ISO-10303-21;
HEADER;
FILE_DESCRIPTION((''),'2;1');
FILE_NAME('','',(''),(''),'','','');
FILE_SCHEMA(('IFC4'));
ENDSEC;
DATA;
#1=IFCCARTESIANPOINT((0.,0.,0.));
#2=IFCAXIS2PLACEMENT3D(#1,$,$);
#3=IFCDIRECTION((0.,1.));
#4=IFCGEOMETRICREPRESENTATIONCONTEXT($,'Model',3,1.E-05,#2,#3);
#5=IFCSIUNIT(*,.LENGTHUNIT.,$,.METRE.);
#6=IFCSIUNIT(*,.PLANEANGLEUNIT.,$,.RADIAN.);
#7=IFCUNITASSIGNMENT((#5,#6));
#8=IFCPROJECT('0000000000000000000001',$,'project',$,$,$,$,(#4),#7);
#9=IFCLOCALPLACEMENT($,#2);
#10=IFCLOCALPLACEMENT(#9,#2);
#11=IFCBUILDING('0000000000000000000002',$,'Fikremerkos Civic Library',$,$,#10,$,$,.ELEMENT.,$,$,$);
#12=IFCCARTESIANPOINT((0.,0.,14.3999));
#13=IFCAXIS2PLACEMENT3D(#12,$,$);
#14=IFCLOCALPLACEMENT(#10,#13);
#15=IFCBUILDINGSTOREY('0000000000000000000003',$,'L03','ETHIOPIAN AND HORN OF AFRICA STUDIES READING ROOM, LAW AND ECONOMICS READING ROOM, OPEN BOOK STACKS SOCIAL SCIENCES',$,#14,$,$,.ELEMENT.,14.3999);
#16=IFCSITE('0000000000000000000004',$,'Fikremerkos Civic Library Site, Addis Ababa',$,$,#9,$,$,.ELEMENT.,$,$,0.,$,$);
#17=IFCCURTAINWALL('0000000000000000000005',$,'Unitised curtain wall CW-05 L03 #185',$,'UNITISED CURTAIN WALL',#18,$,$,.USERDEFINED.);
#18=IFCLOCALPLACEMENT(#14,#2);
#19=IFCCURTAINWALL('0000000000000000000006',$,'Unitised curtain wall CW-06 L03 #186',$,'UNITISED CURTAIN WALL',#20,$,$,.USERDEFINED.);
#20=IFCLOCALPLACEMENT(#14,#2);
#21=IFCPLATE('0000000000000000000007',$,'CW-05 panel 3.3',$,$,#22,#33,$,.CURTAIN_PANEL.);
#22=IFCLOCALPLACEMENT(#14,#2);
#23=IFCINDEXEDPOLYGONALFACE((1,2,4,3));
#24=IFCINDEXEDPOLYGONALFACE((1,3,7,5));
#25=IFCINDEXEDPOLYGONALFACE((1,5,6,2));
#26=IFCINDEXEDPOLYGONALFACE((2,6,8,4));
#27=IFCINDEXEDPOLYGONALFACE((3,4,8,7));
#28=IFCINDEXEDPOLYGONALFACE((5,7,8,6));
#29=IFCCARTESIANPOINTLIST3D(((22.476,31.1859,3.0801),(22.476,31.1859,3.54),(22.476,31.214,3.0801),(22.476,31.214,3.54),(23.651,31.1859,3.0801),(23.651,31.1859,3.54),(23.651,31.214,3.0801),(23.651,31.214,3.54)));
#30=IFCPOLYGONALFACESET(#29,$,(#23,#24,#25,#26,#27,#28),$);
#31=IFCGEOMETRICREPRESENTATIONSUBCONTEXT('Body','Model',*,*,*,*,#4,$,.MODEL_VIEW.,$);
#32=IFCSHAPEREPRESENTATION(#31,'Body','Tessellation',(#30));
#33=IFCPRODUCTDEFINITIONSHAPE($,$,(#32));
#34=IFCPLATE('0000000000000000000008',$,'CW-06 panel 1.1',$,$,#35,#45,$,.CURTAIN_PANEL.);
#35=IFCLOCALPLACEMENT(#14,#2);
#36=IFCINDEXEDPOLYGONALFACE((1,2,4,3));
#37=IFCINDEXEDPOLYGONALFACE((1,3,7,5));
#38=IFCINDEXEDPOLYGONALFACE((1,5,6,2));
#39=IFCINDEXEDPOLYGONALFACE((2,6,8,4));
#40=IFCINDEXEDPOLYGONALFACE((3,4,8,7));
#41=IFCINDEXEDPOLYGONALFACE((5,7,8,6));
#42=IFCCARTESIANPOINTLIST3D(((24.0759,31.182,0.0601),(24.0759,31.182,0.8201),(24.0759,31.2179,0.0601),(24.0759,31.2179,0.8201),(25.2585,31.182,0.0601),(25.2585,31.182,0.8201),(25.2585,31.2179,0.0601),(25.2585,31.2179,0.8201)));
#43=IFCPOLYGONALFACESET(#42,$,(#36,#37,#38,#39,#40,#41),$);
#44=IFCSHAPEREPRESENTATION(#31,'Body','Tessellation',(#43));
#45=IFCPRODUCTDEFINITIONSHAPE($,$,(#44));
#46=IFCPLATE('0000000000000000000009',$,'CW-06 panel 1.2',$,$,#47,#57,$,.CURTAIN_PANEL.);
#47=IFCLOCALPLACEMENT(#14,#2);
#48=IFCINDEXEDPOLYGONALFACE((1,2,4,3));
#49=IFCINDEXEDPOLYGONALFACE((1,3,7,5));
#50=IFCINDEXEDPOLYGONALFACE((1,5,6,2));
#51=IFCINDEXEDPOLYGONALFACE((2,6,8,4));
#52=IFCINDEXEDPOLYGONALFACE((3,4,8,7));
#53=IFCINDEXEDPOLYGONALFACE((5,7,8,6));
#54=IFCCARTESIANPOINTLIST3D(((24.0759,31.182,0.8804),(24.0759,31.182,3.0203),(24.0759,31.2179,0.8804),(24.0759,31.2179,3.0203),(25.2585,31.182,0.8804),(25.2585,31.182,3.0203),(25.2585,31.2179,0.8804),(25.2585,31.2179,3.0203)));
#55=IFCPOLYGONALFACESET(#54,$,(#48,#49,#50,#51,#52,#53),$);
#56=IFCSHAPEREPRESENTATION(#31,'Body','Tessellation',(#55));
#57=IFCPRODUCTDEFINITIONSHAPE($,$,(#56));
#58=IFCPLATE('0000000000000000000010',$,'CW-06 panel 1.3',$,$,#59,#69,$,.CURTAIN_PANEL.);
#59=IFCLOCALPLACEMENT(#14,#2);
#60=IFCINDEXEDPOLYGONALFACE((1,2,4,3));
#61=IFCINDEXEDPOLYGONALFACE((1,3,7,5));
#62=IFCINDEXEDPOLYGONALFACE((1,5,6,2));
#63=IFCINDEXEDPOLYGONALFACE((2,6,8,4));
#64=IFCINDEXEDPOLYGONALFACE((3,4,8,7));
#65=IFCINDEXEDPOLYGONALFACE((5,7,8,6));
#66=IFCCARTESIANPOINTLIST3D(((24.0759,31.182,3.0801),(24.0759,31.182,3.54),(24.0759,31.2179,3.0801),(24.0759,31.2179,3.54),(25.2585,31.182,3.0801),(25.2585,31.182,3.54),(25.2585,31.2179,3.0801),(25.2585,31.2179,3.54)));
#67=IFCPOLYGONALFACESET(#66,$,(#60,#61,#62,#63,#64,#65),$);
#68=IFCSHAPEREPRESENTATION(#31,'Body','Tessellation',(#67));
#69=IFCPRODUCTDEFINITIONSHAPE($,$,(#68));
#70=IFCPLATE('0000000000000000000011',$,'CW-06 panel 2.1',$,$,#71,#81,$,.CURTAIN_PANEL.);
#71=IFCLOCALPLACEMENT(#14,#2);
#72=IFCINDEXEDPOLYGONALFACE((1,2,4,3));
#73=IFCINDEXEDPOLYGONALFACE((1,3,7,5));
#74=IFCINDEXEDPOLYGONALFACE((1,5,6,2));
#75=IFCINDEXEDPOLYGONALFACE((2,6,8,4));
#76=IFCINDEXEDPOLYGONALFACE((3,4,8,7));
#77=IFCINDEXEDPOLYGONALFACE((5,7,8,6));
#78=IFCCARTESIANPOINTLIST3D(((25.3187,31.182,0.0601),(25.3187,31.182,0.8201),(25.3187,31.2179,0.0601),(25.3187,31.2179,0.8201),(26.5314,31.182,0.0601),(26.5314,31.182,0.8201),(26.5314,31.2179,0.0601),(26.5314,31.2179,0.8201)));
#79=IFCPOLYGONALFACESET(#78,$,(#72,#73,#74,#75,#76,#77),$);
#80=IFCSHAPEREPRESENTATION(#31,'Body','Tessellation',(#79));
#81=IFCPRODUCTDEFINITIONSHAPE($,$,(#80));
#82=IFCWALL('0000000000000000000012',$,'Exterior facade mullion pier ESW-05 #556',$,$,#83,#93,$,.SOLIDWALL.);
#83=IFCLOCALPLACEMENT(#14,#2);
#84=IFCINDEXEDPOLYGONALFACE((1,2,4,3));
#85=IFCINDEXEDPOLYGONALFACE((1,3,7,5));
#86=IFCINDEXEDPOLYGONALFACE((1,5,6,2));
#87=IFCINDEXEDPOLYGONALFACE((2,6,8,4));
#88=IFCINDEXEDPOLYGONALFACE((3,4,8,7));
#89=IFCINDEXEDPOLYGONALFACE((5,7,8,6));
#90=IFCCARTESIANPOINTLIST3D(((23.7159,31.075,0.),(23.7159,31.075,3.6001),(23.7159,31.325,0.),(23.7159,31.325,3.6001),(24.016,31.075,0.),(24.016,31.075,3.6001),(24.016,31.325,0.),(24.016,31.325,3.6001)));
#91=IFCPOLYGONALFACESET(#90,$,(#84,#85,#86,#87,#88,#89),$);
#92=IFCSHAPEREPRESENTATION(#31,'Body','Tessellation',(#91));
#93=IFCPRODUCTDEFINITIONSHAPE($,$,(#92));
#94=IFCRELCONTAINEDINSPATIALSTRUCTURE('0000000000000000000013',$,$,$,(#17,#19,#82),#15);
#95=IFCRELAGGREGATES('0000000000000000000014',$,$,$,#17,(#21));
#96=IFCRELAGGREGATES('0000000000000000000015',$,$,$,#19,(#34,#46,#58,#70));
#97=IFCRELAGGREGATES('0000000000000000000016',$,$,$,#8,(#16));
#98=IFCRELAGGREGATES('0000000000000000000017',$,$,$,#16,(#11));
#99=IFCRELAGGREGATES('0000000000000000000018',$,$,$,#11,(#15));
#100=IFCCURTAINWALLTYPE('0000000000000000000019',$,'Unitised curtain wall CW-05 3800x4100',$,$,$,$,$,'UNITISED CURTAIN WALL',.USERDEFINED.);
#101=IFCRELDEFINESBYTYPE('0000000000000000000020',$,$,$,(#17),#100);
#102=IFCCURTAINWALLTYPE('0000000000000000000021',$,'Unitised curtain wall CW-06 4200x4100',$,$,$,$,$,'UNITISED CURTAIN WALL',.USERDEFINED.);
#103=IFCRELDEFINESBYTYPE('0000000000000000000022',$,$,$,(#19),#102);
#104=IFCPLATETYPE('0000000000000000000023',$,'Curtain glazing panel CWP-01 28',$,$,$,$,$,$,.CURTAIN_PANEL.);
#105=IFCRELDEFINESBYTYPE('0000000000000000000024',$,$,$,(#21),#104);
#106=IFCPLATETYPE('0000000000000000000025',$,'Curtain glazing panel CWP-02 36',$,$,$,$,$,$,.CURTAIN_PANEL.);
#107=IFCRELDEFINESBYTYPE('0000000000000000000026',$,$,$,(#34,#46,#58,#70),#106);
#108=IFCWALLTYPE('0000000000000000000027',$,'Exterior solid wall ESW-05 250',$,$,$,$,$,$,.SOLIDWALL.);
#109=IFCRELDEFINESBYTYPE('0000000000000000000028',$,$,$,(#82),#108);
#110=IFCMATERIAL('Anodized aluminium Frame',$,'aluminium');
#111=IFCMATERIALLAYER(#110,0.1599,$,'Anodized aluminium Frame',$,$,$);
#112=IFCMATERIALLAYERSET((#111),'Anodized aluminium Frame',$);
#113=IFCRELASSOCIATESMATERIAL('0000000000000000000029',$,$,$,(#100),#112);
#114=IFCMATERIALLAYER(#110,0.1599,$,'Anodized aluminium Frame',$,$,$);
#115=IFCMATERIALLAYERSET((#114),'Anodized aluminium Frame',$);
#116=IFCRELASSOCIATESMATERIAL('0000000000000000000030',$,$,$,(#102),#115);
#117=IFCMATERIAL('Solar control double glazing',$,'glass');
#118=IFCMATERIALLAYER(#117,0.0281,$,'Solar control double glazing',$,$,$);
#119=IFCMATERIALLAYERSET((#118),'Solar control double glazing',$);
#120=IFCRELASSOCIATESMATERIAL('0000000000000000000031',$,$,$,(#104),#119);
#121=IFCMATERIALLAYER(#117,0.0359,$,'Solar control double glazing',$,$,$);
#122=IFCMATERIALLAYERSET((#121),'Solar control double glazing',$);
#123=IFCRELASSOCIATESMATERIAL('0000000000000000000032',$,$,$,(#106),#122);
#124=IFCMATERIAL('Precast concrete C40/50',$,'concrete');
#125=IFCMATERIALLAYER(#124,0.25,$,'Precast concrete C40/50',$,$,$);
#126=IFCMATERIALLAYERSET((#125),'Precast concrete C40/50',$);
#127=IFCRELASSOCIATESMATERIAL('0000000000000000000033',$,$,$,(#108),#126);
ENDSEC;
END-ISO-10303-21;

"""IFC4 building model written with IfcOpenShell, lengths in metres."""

from ifc_helpers import new_model, si_unit, direction, frame, frame_2d, origin, origin_2d, place, context, subcontext, project, spatial, rectangle, extrude, material, layer, layer_set, type_object, element, aggregate, save


model = new_model("IFC4")

# Units and contexts
model_context = context("Model", 3, precision=1e-05, world=origin(), true_north=direction((0.0, 1.0)))
body_context = subcontext(model_context, "Body", "Model", "MODEL_VIEW")
ifc_project = project(units=[si_unit("LENGTHUNIT", "METRE"), si_unit("PLANEANGLEUNIT", "RADIAN")], contexts=[model_context])

# Site, building, storey
site_placement = place(None, origin())
site = spatial("IfcSite", under=ifc_project, at=site_placement, Name="Fikremerkos Civic Library Site, Addis Ababa", CompositionType="ELEMENT", RefElevation=0.0)
building_placement = place(site_placement, origin())
building = spatial("IfcBuilding", under=site, at=building_placement, Name="Fikremerkos Civic Library", CompositionType="ELEMENT")
storey_placement = place(building_placement, frame((0.0, 0.0, 14.3999)))
storey = spatial("IfcBuildingStorey", under=building, at=storey_placement, Name="L03", Description="ETHIOPIAN AND HORN OF AFRICA STUDIES READING ROOM, LAW AND ECONOMICS READING ROOM, OPEN BOOK STACKS SOCIAL SCIENCES", CompositionType="ELEMENT", Elevation=14.3999)

# Curtain wall
ifc_material_1 = material(Name="Anodized aluminium Frame", Category="aluminium")
ifc_layer_1 = layer(ifc_material_1, 0.1599, Name="Anodized aluminium Frame")
ifc_layer_set_1 = layer_set([ifc_layer_1], Name="Anodized aluminium Frame")
curtain_wall_type_1 = type_object("IfcCurtainWallType", Name="Unitised curtain wall CW-05 3800x4100", ElementType="UNITISED CURTAIN WALL", PredefinedType="USERDEFINED", material=ifc_layer_set_1)
curtain_wall_1_placement = place(storey_placement, origin())
curtain_wall_1 = element("IfcCurtainWall", 1, at=curtain_wall_1_placement, inside=storey, type_object=curtain_wall_type_1, Name="Unitised curtain wall CW-05 L03 #185", ObjectType="UNITISED CURTAIN WALL", PredefinedType="USERDEFINED")

# Curtain wall
ifc_layer_2 = layer(ifc_material_1, 0.1599, Name="Anodized aluminium Frame")
ifc_layer_set_2 = layer_set([ifc_layer_2], Name="Anodized aluminium Frame")
curtain_wall_type_2 = type_object("IfcCurtainWallType", Name="Unitised curtain wall CW-06 4200x4100", ElementType="UNITISED CURTAIN WALL", PredefinedType="USERDEFINED", material=ifc_layer_set_2)
curtain_wall_2_placement = place(storey_placement, origin())
curtain_wall_2 = element("IfcCurtainWall", 2, at=curtain_wall_2_placement, inside=storey, type_object=curtain_wall_type_2, Name="Unitised curtain wall CW-06 L03 #186", ObjectType="UNITISED CURTAIN WALL", PredefinedType="USERDEFINED")

# Plates
ifc_material_2 = material(Name="Solar control double glazing", Category="glass")
ifc_layer_3 = layer(ifc_material_2, 0.0281, Name="Solar control double glazing")
ifc_layer_set_3 = layer_set([ifc_layer_3], Name="Solar control double glazing")
plate_type_1 = type_object("IfcPlateType", Name="Curtain glazing panel CWP-01 28", PredefinedType="CURTAIN_PANEL", material=ifc_layer_set_3)
plate_1_placement = place(storey_placement, frame((23.0635, 31.2, 3.0801), z_axis=(0.0, 0.0, 1.0), x_axis=(1.0, 0.0, 0.0)))
plate_1 = element("IfcPlate", 3, at=plate_1_placement, type_object=plate_type_1, Name="CW-05 panel 3.3", PredefinedType="CURTAIN_PANEL", context=body_context, shape_type="SweptSolid", body=[
    extrude(rectangle(XDim=1.175, YDim=0.0281, at=origin_2d()), origin(), (0.0, 0.0, 1.0), 0.46),
])
aggregate(curtain_wall_1, [plate_1])
ifc_layer_4 = layer(ifc_material_2, 0.0359, Name="Solar control double glazing")
ifc_layer_set_4 = layer_set([ifc_layer_4], Name="Solar control double glazing")
plate_type_2 = type_object("IfcPlateType", Name="Curtain glazing panel CWP-02 36", PredefinedType="CURTAIN_PANEL", material=ifc_layer_set_4)
plate_2_placement = place(storey_placement, frame((24.6672, 31.2, 0.0601), z_axis=(0.0, 0.0, 1.0), x_axis=(1.0, 0.0, 0.0)))
plate_2 = element("IfcPlate", 4, at=plate_2_placement, type_object=plate_type_2, Name="CW-06 panel 1.1", PredefinedType="CURTAIN_PANEL", context=body_context, shape_type="SweptSolid", body=[
    extrude(rectangle(XDim=1.1826, YDim=0.0359, at=origin_2d()), origin(), (0.0, 0.0, 1.0), 0.76),
])
plate_3_placement = place(storey_placement, frame((24.6672, 31.2, 0.8804), z_axis=(0.0, 0.0, 1.0), x_axis=(1.0, 0.0, 0.0)))
plate_3 = element("IfcPlate", 5, at=plate_3_placement, type_object=plate_type_2, Name="CW-06 panel 1.2", PredefinedType="CURTAIN_PANEL", context=body_context, shape_type="SweptSolid", body=[
    extrude(rectangle(XDim=1.1826, YDim=0.0359, at=origin_2d()), origin(), (0.0, 0.0, 1.0), 2.1399),
])
plate_4_placement = place(storey_placement, frame((24.6672, 31.2, 3.0801), z_axis=(0.0, 0.0, 1.0), x_axis=(1.0, 0.0, 0.0)))
plate_4 = element("IfcPlate", 6, at=plate_4_placement, type_object=plate_type_2, Name="CW-06 panel 1.3", PredefinedType="CURTAIN_PANEL", context=body_context, shape_type="SweptSolid", body=[
    extrude(rectangle(XDim=1.1826, YDim=0.0359, at=origin_2d()), origin(), (0.0, 0.0, 1.0), 0.46),
])
plate_5_placement = place(storey_placement, frame((25.925, 31.2, 0.0601), z_axis=(0.0, 0.0, 1.0), x_axis=(1.0, 0.0, 0.0)))
plate_5 = element("IfcPlate", 7, at=plate_5_placement, type_object=plate_type_2, Name="CW-06 panel 2.1", PredefinedType="CURTAIN_PANEL", context=body_context, shape_type="SweptSolid", body=[
    extrude(rectangle(XDim=1.2126, YDim=0.0359, at=origin_2d()), origin(), (0.0, 0.0, 1.0), 0.76),
])
aggregate(curtain_wall_2, [plate_2, plate_3, plate_4, plate_5])

# Wall
ifc_material_3 = material(Name="Precast concrete C40/50", Category="concrete")
ifc_layer_5 = layer(ifc_material_3, 0.25, Name="Precast concrete C40/50")
ifc_layer_set_5 = layer_set([ifc_layer_5], Name="Precast concrete C40/50")
wall_type_1 = type_object("IfcWallType", Name="Exterior solid wall ESW-05 250", PredefinedType="SOLIDWALL", material=ifc_layer_set_5)
wall_1_placement = place(storey_placement, frame((23.7161, 31.2, 0.0), z_axis=(0.0, 0.0, 1.0), x_axis=(1.0, 0.0, 0.0)))
element("IfcWall", 8, at=wall_1_placement, inside=storey, type_object=wall_type_1, Name="Exterior facade mullion pier ESW-05 #556", PredefinedType="SOLIDWALL", context=body_context, shape_type="SweptSolid", body=[
    extrude(rectangle(XDim=0.3, YDim=0.25, at=frame_2d((0.1499, 0.0))), origin(), (0.0, 0.0, 1.0), 3.6001),
])

save(model, "model.ifc")
